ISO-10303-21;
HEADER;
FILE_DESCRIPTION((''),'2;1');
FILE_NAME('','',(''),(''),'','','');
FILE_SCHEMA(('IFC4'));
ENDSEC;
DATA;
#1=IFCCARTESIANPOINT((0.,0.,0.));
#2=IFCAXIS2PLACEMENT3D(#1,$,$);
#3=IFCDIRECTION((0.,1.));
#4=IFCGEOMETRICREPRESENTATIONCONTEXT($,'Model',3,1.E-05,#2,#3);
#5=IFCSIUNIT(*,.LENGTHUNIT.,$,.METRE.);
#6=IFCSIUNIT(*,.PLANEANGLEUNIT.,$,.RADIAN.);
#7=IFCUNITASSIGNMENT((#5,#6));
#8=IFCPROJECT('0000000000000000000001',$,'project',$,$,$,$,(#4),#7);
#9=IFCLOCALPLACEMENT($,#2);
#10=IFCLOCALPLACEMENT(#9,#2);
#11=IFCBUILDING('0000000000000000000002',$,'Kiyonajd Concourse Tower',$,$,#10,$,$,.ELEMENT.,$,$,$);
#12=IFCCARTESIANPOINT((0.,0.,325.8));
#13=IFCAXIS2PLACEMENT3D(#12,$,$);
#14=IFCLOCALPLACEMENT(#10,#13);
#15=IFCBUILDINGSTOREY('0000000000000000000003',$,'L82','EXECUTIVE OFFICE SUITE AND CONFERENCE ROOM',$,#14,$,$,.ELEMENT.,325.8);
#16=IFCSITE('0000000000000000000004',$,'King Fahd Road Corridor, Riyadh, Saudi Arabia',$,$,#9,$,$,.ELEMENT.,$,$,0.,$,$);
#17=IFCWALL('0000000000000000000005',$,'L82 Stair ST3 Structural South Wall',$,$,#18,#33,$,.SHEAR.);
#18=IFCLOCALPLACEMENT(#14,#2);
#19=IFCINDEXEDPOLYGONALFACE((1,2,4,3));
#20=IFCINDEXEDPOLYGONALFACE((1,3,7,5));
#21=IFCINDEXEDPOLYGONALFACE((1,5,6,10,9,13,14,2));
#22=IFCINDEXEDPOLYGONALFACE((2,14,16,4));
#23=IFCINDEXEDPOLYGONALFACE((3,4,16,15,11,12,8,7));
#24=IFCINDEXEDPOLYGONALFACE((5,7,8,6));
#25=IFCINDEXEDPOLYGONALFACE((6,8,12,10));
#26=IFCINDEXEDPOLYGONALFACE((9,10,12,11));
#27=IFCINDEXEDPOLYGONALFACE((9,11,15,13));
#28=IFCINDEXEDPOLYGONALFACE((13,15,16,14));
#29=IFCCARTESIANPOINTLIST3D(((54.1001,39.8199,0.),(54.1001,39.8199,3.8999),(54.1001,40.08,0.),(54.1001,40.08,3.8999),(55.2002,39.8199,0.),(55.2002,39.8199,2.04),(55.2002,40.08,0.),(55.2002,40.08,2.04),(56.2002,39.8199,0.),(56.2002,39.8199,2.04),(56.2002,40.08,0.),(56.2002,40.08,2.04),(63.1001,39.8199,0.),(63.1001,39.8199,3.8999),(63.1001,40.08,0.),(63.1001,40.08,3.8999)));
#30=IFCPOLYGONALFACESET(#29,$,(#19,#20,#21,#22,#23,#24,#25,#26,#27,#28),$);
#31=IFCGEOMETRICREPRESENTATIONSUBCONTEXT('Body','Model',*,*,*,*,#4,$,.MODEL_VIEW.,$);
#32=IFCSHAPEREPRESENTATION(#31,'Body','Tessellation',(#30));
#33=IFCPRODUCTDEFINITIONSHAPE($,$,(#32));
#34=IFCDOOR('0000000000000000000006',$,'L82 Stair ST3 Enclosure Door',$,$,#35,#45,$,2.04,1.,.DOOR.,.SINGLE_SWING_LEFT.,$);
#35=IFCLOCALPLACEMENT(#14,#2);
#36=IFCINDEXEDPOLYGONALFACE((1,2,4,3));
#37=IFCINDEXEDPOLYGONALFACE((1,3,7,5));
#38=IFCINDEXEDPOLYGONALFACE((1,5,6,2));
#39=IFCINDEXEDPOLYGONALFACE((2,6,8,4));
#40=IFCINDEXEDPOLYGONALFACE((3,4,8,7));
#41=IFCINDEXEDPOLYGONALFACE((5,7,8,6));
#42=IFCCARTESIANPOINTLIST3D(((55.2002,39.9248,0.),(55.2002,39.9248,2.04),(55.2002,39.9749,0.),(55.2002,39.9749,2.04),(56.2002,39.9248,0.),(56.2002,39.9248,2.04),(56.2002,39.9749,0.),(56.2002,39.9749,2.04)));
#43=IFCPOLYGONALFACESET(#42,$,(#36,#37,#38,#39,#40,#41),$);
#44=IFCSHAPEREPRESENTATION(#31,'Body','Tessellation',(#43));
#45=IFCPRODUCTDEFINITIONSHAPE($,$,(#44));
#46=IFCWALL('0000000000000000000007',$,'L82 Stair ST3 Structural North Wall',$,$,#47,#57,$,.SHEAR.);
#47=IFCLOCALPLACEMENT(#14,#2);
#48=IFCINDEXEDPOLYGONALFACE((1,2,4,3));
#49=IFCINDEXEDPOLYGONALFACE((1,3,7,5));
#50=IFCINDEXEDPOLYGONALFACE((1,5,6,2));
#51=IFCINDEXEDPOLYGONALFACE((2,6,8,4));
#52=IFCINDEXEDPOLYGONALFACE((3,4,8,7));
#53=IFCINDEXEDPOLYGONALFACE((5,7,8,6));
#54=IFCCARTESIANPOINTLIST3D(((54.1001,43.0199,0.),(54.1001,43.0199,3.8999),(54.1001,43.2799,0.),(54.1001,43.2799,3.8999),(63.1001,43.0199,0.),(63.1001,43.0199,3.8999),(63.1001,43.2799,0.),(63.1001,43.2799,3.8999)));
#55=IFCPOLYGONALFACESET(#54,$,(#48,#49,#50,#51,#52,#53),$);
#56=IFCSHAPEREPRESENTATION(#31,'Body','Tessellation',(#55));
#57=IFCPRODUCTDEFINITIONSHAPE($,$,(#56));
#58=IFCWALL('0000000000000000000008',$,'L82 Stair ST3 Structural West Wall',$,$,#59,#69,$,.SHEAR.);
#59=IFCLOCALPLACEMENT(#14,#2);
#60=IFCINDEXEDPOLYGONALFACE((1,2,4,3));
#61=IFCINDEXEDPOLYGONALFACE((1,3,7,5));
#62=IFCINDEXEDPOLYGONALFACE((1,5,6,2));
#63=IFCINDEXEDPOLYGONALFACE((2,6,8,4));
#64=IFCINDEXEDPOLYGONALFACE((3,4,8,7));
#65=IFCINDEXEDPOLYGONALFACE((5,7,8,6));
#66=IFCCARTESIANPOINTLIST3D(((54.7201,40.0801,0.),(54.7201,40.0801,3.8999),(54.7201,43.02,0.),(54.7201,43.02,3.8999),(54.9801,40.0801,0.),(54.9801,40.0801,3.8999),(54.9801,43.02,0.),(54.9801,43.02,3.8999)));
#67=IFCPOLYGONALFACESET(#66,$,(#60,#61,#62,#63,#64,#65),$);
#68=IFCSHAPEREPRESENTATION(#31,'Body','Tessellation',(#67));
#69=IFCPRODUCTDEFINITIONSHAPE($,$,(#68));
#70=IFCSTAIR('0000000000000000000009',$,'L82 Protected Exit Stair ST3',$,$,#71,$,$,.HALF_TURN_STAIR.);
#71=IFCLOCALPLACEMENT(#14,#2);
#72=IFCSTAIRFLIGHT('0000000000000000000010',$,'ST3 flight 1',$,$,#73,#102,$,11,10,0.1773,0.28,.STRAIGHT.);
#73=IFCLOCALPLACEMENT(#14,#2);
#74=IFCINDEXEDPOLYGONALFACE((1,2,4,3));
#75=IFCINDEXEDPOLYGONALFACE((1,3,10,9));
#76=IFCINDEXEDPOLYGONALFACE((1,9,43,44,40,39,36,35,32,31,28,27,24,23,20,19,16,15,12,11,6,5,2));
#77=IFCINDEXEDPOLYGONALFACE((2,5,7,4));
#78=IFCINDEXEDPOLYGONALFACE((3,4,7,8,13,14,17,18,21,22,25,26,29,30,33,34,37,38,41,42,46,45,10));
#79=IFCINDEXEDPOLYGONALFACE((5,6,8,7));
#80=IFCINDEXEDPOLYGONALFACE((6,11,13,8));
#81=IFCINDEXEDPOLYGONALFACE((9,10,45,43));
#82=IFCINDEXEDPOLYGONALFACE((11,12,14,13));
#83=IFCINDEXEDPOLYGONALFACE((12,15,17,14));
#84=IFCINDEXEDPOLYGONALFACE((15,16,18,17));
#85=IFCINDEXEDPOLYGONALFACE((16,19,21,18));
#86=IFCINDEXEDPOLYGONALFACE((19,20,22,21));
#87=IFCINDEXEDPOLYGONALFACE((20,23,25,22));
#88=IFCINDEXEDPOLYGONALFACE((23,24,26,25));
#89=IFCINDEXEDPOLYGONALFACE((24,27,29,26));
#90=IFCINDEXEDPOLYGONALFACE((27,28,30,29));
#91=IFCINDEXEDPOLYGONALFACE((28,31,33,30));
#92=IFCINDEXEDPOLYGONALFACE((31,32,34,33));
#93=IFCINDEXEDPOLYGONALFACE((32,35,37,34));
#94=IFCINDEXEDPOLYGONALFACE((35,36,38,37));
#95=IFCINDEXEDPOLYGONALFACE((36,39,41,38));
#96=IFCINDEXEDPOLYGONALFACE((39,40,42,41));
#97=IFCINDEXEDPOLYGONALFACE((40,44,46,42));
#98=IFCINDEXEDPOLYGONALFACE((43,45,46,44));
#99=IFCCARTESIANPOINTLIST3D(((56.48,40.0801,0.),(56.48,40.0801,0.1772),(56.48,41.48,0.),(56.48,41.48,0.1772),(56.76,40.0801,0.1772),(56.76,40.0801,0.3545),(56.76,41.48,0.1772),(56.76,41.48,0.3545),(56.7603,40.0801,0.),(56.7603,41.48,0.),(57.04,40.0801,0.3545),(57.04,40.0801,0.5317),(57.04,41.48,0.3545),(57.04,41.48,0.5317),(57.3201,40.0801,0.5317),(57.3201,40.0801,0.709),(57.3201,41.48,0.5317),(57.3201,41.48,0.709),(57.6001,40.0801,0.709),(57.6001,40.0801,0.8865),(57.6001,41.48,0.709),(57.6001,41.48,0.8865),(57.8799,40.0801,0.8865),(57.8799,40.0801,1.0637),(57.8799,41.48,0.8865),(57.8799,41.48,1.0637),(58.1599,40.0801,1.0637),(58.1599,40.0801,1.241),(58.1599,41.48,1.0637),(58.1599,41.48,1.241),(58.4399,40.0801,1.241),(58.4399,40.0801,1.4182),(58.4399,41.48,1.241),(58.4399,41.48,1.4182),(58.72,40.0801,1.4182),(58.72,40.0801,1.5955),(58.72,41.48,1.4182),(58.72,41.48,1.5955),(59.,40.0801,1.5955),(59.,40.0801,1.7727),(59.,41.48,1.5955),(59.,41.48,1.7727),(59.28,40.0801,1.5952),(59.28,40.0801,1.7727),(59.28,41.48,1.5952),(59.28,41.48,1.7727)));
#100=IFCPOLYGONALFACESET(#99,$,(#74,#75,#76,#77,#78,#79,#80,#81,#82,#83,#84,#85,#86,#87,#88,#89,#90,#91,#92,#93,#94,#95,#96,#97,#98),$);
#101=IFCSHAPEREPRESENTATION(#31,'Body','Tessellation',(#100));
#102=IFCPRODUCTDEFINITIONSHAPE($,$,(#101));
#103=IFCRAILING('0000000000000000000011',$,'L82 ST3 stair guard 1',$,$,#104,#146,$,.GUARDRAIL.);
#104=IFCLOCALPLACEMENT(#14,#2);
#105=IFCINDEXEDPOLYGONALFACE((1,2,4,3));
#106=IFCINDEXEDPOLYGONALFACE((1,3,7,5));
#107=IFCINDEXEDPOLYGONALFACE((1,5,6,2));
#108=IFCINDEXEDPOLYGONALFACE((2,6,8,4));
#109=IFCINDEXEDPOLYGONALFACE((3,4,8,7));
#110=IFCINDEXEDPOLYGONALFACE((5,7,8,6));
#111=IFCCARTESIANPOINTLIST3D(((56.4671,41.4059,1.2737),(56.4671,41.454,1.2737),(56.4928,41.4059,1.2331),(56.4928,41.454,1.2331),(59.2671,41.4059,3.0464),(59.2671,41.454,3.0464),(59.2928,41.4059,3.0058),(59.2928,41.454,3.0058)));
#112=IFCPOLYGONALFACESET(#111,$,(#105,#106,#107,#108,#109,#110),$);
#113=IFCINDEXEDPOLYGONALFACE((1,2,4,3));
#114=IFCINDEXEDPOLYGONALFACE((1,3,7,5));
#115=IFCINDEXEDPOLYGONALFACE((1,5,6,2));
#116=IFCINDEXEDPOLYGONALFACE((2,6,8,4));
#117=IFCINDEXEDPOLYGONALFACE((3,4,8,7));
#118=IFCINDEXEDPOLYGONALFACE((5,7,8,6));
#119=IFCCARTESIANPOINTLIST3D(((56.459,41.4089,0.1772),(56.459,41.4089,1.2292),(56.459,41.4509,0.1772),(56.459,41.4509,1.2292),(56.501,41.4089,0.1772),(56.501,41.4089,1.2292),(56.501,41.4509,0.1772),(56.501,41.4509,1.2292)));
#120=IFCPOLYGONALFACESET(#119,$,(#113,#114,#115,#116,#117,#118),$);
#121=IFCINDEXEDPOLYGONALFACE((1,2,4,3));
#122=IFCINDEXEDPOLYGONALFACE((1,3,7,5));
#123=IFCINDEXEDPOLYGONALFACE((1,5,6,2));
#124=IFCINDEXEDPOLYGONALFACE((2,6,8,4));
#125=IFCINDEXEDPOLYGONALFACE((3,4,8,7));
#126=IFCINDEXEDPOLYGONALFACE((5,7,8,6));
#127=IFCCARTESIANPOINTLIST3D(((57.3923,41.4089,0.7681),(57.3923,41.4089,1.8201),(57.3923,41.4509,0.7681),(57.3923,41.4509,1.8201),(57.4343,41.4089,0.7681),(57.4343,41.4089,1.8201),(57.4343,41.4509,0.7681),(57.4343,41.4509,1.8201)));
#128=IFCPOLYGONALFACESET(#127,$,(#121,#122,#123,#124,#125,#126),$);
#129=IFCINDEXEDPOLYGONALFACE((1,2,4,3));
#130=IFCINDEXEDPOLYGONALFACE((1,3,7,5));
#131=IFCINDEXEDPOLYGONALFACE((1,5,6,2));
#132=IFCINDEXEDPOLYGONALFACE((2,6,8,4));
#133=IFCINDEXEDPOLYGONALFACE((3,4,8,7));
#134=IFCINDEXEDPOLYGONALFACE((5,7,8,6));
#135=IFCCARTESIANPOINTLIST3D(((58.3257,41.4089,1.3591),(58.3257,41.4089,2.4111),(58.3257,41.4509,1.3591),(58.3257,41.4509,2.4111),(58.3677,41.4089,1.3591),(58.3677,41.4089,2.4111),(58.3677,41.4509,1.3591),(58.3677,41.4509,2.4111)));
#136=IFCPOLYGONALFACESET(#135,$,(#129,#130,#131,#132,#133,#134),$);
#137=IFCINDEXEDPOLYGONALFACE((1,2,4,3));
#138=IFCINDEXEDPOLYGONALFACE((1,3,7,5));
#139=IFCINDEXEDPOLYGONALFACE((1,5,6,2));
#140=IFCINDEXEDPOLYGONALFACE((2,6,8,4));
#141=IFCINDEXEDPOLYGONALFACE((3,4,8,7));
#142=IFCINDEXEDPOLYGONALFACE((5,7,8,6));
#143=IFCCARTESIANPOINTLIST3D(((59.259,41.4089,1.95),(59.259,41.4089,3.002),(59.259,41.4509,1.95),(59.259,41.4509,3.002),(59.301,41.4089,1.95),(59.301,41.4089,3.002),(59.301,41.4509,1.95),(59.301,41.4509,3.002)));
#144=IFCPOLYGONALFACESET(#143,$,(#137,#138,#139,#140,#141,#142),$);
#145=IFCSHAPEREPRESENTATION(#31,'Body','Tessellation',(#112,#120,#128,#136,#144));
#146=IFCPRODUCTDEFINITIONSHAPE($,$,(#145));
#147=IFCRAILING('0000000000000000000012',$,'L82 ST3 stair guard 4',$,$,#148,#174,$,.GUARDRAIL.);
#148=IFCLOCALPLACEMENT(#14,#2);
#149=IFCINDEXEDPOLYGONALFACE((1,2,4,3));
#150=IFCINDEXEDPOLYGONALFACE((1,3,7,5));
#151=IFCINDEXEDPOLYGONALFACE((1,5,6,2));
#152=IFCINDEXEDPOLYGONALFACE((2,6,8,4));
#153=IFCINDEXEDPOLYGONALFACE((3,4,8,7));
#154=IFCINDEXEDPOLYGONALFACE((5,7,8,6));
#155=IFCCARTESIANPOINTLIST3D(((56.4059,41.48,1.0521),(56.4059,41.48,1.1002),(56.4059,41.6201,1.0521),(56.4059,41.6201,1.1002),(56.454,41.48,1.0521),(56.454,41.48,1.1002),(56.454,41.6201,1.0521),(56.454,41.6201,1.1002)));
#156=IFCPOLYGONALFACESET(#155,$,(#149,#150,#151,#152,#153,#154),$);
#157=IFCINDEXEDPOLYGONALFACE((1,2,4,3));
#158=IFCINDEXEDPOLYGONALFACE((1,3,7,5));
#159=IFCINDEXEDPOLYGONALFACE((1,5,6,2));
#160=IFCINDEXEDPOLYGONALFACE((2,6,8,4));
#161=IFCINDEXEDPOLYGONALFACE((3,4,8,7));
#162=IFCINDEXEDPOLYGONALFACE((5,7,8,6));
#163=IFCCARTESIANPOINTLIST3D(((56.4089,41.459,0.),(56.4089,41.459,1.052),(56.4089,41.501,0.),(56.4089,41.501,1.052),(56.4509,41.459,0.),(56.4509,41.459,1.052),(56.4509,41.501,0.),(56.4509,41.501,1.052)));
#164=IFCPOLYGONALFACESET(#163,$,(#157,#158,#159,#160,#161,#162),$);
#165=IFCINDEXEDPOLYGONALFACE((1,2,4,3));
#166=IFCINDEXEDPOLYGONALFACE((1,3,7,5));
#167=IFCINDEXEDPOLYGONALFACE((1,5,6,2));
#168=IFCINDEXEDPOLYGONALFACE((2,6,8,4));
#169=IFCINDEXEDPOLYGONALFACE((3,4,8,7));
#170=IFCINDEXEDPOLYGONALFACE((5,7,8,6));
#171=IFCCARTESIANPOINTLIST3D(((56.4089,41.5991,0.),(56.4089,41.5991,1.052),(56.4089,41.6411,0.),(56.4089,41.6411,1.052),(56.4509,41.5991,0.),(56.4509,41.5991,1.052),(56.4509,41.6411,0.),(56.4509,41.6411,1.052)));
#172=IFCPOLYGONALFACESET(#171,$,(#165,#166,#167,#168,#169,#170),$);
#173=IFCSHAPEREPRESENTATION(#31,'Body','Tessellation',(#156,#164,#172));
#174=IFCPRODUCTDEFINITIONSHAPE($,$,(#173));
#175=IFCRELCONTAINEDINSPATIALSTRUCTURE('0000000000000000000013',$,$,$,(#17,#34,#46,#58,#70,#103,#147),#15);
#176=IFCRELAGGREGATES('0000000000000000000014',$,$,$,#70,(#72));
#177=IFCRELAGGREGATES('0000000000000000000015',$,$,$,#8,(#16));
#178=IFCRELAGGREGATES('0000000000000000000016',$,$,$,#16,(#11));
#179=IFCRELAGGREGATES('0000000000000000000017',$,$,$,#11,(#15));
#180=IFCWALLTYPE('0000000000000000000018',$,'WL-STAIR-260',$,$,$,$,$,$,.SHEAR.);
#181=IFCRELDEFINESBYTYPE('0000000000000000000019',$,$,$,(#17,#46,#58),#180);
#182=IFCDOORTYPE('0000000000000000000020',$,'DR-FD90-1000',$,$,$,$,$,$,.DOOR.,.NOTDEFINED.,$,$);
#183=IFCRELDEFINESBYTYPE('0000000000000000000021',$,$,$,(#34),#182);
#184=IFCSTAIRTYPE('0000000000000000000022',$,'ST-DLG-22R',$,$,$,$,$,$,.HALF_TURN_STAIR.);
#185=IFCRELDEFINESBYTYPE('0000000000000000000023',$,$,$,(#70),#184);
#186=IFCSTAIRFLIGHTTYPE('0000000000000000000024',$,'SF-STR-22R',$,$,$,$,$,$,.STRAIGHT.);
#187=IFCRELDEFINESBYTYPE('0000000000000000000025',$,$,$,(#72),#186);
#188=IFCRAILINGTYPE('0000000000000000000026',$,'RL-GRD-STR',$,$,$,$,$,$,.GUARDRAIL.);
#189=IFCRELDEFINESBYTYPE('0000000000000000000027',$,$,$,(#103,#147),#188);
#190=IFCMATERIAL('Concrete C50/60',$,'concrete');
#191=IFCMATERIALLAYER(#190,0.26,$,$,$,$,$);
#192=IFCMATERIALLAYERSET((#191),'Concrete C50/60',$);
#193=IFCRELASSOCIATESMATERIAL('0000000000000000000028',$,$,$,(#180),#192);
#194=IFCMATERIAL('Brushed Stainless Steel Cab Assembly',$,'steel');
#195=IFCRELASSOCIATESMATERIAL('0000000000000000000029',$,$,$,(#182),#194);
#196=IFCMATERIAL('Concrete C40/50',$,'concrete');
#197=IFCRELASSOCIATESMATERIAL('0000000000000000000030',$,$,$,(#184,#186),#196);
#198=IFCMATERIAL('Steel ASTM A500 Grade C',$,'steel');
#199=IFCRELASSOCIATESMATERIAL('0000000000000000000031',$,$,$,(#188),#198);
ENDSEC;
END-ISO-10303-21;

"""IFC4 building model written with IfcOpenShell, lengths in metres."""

from ifc_helpers import new_model, si_unit, direction, frame, frame_2d, origin, origin_2d, place, context, subcontext, project, spatial, polyline, rectangle, outline, extrude, material, layer, layer_set, type_object, element, fill, aggregate, save


model = new_model("IFC4")

# Units and contexts
model_context = context("Model", 3, precision=1e-05, world=origin(), true_north=direction((0.0, 1.0)))
body_context = subcontext(model_context, "Body", "Model", "MODEL_VIEW")
ifc_project = project(units=[si_unit("LENGTHUNIT", "METRE"), si_unit("PLANEANGLEUNIT", "RADIAN")], contexts=[model_context])

# Site, building, storey
site_placement = place(None, origin())
site = spatial("IfcSite", under=ifc_project, at=site_placement, Name="King Fahd Road Corridor, Riyadh, Saudi Arabia", CompositionType="ELEMENT", RefElevation=0.0)
building_placement = place(site_placement, origin())
building = spatial("IfcBuilding", under=site, at=building_placement, Name="Kiyonajd Concourse Tower", CompositionType="ELEMENT")
storey_placement = place(building_placement, frame((0.0, 0.0, 325.8)))
storey = spatial("IfcBuildingStorey", under=building, at=storey_placement, Name="L82", Description="EXECUTIVE OFFICE SUITE AND CONFERENCE ROOM", CompositionType="ELEMENT", Elevation=325.8)

# Shared definitions
ifc_material_1 = material(Name="Concrete C50/60", Category="concrete")

# Shared definitions
ifc_material_2 = material(Name="Brushed Stainless Steel Cab Assembly", Category="steel")

# Wall, opening, door
ifc_layer_1 = layer(ifc_material_1, 0.26)
ifc_layer_set_1 = layer_set([ifc_layer_1], Name="Concrete C50/60")
wall_type_1 = type_object("IfcWallType", Name="WL-STAIR-260", PredefinedType="SHEAR", material=ifc_layer_set_1)
wall_1_placement = place(storey_placement, frame((54.1001, 39.95, 0.0), z_axis=(0.0, 0.0, 1.0), x_axis=(1.0, 0.0, 0.0)))
wall_1 = element("IfcWall", 1, at=wall_1_placement, inside=storey, type_object=wall_type_1, Name="L82 Stair ST3 Structural South Wall", PredefinedType="SHEAR", context=body_context, shape_type="SweptSolid", body=[
    extrude(rectangle(XDim=9.0, YDim=0.26, at=frame_2d((4.5, 0.0))), origin(), (0.0, 0.0, 1.0), 3.8999),
])
opening_1_placement = place(wall_1_placement, frame((1.1001, 0.0, 0.0)))
opening_1 = element("IfcOpeningElement", 2, at=opening_1_placement, cuts=wall_1, PredefinedType="OPENING", context=body_context, shape_type="SweptSolid", body=[
    extrude(rectangle(XDim=1.0, YDim=2.04, at=frame_2d((0.5, 1.02))), frame((0.0, 0.1399, 0.0), z_axis=(0.0, -1.0, 0.0), x_axis=(1.0, 0.0, 0.0)), (0.0, 0.0, 1.0), 0.28),
])
door_type_1 = type_object("IfcDoorType", Name="DR-FD90-1000", OperationType="NOTDEFINED", PredefinedType="DOOR", material=ifc_material_2)
door_1_placement = place(opening_1_placement, origin())
door_1 = element("IfcDoor", 3, at=door_1_placement, inside=storey, type_object=door_type_1, Name="L82 Stair ST3 Enclosure Door", OperationType="SINGLE_SWING_LEFT", OverallHeight=2.04, OverallWidth=1.0, PredefinedType="DOOR", context=body_context, shape_type="SweptSolid", body=[
    extrude(rectangle(XDim=1.0, YDim=2.04, at=frame_2d((0.5, 1.02))), frame((0.0, 0.0249, 0.0), z_axis=(0.0, -1.0, 0.0), x_axis=(1.0, 0.0, 0.0)), (0.0, 0.0, 1.0), 0.05),
])
fill(opening_1, door_1)

# Walls
wall_2_placement = place(storey_placement, frame((54.1001, 43.1499, 0.0), z_axis=(0.0, 0.0, 1.0), x_axis=(1.0, 0.0, 0.0)))
element("IfcWall", 4, at=wall_2_placement, inside=storey, type_object=wall_type_1, Name="L82 Stair ST3 Structural North Wall", PredefinedType="SHEAR", context=body_context, shape_type="SweptSolid", body=[
    extrude(rectangle(XDim=9.0, YDim=0.26, at=frame_2d((4.5, 0.0))), origin(), (0.0, 0.0, 1.0), 3.8999),
])
wall_3_placement = place(storey_placement, frame((54.8501, 40.0801, 0.0), z_axis=(0.0, 0.0, 1.0), x_axis=(0.0, 1.0, 0.0)))
element("IfcWall", 5, at=wall_3_placement, inside=storey, type_object=wall_type_1, Name="L82 Stair ST3 Structural West Wall", PredefinedType="SHEAR", context=body_context, shape_type="SweptSolid", body=[
    extrude(rectangle(XDim=2.9399, YDim=0.26, at=frame_2d((1.47, 0.0))), origin(), (0.0, 0.0, 1.0), 3.8999),
])

# Stair, stair flight
ifc_material_3 = material(Name="Concrete C40/50", Category="concrete")
stair_type = type_object("IfcStairType", Name="ST-DLG-22R", PredefinedType="HALF_TURN_STAIR", material=ifc_material_3)
stair_placement = place(storey_placement, origin())
stair = element("IfcStair", 6, at=stair_placement, inside=storey, type_object=stair_type, Name="L82 Protected Exit Stair ST3", PredefinedType="HALF_TURN_STAIR")
stair_flight_type = type_object("IfcStairFlightType", Name="SF-STR-22R", PredefinedType="STRAIGHT", material=ifc_material_3)
stair_flight_placement = place(storey_placement, frame((56.48, 40.78, 0.0), z_axis=(0.0, 0.0, 1.0), x_axis=(1.0, 0.0, 0.0)))
stair_flight = element("IfcStairFlight", 7, at=stair_flight_placement, type_object=stair_flight_type, Name="ST3 flight 1", NumberOfRisers=11, NumberOfTreads=10, PredefinedType="STRAIGHT", RiserHeight=0.1773, TreadLength=0.28, context=body_context, shape_type="SweptSolid", body=[
    extrude(outline(polyline([(0.0, 0.0), (0.0, 0.1772), (0.28, 0.1772), (0.28, 0.3545), (0.5601, 0.3545), (0.5601, 0.5317), (0.8401, 0.5317), (0.8401, 0.709), (1.1201, 0.709), (1.1201, 0.8865), (1.3999, 0.8865), (1.3999, 1.0637), (1.6799, 1.0637), (1.6799, 1.241), (1.96, 1.241), (1.96, 1.4182), (2.24, 1.4182), (2.24, 1.5955), (2.52, 1.5955), (2.52, 1.7727), (2.8, 1.7727), (2.8, 1.95), (2.8, 1.5952), (0.2803, 0.0), (0.0, 0.0)])), frame((0.0, 0.7, 0.0), z_axis=(0.0, -1.0, 0.0), x_axis=(1.0, 0.0, 0.0)), (0.0, 0.0, 1.0), 1.3999),
])
aggregate(stair, [stair_flight])

# Railings
ifc_material_4 = material(Name="Steel ASTM A500 Grade C", Category="steel")
railing_type_1 = type_object("IfcRailingType", Name="RL-GRD-STR", PredefinedType="GUARDRAIL", material=ifc_material_4)
railing_1_placement = place(storey_placement, frame((56.48, 41.4299, 0.1772)))
element("IfcRailing", 8, at=railing_1_placement, inside=storey, type_object=railing_type_1, Name="L82 ST3 stair guard 1", PredefinedType="GUARDRAIL", context=body_context, shape_type="SweptSolid", body=[
    extrude(rectangle(XDim=0.0481, YDim=0.0481, at=origin_2d()), frame((0.0, 0.0, 1.0762), z_axis=(0.844909, 0.0, 0.53491), x_axis=(0.0, 1.0, 0.0)), (0.0, 0.0, 1.0), 3.314),
    extrude(rectangle(XDim=0.042, YDim=0.042, at=origin_2d()), origin(), (0.0, 0.0, 1.0), 1.052),
    extrude(rectangle(XDim=0.042, YDim=0.042, at=origin_2d()), frame((0.9333, 0.0, 0.5908)), (0.0, 0.0, 1.0), 1.052),
    extrude(rectangle(XDim=0.042, YDim=0.042, at=origin_2d()), frame((1.8667, 0.0, 1.1819)), (0.0, 0.0, 1.0), 1.052),
    extrude(rectangle(XDim=0.042, YDim=0.042, at=origin_2d()), frame((2.8, 0.0, 1.7727)), (0.0, 0.0, 1.0), 1.052),
])
railing_2_placement = place(storey_placement, frame((56.4299, 41.48, 0.0)))
element("IfcRailing", 9, at=railing_2_placement, inside=storey, type_object=railing_type_1, Name="L82 ST3 stair guard 4", PredefinedType="GUARDRAIL", context=body_context, shape_type="SweptSolid", body=[
    extrude(rectangle(XDim=0.0481, YDim=0.0481, at=origin_2d()), frame((0.0, 0.0, 1.0762), z_axis=(0.0, 1.0, 0.0), x_axis=(-1.0, 0.0, 0.0)), (0.0, 0.0, 1.0), 0.1401),
    extrude(rectangle(XDim=0.042, YDim=0.042, at=origin_2d()), origin(), (0.0, 0.0, 1.0), 1.052),
    extrude(rectangle(XDim=0.042, YDim=0.042, at=origin_2d()), frame((0.0, 0.1401, 0.0)), (0.0, 0.0, 1.0), 1.052),
])

save(model, "model.ifc")
